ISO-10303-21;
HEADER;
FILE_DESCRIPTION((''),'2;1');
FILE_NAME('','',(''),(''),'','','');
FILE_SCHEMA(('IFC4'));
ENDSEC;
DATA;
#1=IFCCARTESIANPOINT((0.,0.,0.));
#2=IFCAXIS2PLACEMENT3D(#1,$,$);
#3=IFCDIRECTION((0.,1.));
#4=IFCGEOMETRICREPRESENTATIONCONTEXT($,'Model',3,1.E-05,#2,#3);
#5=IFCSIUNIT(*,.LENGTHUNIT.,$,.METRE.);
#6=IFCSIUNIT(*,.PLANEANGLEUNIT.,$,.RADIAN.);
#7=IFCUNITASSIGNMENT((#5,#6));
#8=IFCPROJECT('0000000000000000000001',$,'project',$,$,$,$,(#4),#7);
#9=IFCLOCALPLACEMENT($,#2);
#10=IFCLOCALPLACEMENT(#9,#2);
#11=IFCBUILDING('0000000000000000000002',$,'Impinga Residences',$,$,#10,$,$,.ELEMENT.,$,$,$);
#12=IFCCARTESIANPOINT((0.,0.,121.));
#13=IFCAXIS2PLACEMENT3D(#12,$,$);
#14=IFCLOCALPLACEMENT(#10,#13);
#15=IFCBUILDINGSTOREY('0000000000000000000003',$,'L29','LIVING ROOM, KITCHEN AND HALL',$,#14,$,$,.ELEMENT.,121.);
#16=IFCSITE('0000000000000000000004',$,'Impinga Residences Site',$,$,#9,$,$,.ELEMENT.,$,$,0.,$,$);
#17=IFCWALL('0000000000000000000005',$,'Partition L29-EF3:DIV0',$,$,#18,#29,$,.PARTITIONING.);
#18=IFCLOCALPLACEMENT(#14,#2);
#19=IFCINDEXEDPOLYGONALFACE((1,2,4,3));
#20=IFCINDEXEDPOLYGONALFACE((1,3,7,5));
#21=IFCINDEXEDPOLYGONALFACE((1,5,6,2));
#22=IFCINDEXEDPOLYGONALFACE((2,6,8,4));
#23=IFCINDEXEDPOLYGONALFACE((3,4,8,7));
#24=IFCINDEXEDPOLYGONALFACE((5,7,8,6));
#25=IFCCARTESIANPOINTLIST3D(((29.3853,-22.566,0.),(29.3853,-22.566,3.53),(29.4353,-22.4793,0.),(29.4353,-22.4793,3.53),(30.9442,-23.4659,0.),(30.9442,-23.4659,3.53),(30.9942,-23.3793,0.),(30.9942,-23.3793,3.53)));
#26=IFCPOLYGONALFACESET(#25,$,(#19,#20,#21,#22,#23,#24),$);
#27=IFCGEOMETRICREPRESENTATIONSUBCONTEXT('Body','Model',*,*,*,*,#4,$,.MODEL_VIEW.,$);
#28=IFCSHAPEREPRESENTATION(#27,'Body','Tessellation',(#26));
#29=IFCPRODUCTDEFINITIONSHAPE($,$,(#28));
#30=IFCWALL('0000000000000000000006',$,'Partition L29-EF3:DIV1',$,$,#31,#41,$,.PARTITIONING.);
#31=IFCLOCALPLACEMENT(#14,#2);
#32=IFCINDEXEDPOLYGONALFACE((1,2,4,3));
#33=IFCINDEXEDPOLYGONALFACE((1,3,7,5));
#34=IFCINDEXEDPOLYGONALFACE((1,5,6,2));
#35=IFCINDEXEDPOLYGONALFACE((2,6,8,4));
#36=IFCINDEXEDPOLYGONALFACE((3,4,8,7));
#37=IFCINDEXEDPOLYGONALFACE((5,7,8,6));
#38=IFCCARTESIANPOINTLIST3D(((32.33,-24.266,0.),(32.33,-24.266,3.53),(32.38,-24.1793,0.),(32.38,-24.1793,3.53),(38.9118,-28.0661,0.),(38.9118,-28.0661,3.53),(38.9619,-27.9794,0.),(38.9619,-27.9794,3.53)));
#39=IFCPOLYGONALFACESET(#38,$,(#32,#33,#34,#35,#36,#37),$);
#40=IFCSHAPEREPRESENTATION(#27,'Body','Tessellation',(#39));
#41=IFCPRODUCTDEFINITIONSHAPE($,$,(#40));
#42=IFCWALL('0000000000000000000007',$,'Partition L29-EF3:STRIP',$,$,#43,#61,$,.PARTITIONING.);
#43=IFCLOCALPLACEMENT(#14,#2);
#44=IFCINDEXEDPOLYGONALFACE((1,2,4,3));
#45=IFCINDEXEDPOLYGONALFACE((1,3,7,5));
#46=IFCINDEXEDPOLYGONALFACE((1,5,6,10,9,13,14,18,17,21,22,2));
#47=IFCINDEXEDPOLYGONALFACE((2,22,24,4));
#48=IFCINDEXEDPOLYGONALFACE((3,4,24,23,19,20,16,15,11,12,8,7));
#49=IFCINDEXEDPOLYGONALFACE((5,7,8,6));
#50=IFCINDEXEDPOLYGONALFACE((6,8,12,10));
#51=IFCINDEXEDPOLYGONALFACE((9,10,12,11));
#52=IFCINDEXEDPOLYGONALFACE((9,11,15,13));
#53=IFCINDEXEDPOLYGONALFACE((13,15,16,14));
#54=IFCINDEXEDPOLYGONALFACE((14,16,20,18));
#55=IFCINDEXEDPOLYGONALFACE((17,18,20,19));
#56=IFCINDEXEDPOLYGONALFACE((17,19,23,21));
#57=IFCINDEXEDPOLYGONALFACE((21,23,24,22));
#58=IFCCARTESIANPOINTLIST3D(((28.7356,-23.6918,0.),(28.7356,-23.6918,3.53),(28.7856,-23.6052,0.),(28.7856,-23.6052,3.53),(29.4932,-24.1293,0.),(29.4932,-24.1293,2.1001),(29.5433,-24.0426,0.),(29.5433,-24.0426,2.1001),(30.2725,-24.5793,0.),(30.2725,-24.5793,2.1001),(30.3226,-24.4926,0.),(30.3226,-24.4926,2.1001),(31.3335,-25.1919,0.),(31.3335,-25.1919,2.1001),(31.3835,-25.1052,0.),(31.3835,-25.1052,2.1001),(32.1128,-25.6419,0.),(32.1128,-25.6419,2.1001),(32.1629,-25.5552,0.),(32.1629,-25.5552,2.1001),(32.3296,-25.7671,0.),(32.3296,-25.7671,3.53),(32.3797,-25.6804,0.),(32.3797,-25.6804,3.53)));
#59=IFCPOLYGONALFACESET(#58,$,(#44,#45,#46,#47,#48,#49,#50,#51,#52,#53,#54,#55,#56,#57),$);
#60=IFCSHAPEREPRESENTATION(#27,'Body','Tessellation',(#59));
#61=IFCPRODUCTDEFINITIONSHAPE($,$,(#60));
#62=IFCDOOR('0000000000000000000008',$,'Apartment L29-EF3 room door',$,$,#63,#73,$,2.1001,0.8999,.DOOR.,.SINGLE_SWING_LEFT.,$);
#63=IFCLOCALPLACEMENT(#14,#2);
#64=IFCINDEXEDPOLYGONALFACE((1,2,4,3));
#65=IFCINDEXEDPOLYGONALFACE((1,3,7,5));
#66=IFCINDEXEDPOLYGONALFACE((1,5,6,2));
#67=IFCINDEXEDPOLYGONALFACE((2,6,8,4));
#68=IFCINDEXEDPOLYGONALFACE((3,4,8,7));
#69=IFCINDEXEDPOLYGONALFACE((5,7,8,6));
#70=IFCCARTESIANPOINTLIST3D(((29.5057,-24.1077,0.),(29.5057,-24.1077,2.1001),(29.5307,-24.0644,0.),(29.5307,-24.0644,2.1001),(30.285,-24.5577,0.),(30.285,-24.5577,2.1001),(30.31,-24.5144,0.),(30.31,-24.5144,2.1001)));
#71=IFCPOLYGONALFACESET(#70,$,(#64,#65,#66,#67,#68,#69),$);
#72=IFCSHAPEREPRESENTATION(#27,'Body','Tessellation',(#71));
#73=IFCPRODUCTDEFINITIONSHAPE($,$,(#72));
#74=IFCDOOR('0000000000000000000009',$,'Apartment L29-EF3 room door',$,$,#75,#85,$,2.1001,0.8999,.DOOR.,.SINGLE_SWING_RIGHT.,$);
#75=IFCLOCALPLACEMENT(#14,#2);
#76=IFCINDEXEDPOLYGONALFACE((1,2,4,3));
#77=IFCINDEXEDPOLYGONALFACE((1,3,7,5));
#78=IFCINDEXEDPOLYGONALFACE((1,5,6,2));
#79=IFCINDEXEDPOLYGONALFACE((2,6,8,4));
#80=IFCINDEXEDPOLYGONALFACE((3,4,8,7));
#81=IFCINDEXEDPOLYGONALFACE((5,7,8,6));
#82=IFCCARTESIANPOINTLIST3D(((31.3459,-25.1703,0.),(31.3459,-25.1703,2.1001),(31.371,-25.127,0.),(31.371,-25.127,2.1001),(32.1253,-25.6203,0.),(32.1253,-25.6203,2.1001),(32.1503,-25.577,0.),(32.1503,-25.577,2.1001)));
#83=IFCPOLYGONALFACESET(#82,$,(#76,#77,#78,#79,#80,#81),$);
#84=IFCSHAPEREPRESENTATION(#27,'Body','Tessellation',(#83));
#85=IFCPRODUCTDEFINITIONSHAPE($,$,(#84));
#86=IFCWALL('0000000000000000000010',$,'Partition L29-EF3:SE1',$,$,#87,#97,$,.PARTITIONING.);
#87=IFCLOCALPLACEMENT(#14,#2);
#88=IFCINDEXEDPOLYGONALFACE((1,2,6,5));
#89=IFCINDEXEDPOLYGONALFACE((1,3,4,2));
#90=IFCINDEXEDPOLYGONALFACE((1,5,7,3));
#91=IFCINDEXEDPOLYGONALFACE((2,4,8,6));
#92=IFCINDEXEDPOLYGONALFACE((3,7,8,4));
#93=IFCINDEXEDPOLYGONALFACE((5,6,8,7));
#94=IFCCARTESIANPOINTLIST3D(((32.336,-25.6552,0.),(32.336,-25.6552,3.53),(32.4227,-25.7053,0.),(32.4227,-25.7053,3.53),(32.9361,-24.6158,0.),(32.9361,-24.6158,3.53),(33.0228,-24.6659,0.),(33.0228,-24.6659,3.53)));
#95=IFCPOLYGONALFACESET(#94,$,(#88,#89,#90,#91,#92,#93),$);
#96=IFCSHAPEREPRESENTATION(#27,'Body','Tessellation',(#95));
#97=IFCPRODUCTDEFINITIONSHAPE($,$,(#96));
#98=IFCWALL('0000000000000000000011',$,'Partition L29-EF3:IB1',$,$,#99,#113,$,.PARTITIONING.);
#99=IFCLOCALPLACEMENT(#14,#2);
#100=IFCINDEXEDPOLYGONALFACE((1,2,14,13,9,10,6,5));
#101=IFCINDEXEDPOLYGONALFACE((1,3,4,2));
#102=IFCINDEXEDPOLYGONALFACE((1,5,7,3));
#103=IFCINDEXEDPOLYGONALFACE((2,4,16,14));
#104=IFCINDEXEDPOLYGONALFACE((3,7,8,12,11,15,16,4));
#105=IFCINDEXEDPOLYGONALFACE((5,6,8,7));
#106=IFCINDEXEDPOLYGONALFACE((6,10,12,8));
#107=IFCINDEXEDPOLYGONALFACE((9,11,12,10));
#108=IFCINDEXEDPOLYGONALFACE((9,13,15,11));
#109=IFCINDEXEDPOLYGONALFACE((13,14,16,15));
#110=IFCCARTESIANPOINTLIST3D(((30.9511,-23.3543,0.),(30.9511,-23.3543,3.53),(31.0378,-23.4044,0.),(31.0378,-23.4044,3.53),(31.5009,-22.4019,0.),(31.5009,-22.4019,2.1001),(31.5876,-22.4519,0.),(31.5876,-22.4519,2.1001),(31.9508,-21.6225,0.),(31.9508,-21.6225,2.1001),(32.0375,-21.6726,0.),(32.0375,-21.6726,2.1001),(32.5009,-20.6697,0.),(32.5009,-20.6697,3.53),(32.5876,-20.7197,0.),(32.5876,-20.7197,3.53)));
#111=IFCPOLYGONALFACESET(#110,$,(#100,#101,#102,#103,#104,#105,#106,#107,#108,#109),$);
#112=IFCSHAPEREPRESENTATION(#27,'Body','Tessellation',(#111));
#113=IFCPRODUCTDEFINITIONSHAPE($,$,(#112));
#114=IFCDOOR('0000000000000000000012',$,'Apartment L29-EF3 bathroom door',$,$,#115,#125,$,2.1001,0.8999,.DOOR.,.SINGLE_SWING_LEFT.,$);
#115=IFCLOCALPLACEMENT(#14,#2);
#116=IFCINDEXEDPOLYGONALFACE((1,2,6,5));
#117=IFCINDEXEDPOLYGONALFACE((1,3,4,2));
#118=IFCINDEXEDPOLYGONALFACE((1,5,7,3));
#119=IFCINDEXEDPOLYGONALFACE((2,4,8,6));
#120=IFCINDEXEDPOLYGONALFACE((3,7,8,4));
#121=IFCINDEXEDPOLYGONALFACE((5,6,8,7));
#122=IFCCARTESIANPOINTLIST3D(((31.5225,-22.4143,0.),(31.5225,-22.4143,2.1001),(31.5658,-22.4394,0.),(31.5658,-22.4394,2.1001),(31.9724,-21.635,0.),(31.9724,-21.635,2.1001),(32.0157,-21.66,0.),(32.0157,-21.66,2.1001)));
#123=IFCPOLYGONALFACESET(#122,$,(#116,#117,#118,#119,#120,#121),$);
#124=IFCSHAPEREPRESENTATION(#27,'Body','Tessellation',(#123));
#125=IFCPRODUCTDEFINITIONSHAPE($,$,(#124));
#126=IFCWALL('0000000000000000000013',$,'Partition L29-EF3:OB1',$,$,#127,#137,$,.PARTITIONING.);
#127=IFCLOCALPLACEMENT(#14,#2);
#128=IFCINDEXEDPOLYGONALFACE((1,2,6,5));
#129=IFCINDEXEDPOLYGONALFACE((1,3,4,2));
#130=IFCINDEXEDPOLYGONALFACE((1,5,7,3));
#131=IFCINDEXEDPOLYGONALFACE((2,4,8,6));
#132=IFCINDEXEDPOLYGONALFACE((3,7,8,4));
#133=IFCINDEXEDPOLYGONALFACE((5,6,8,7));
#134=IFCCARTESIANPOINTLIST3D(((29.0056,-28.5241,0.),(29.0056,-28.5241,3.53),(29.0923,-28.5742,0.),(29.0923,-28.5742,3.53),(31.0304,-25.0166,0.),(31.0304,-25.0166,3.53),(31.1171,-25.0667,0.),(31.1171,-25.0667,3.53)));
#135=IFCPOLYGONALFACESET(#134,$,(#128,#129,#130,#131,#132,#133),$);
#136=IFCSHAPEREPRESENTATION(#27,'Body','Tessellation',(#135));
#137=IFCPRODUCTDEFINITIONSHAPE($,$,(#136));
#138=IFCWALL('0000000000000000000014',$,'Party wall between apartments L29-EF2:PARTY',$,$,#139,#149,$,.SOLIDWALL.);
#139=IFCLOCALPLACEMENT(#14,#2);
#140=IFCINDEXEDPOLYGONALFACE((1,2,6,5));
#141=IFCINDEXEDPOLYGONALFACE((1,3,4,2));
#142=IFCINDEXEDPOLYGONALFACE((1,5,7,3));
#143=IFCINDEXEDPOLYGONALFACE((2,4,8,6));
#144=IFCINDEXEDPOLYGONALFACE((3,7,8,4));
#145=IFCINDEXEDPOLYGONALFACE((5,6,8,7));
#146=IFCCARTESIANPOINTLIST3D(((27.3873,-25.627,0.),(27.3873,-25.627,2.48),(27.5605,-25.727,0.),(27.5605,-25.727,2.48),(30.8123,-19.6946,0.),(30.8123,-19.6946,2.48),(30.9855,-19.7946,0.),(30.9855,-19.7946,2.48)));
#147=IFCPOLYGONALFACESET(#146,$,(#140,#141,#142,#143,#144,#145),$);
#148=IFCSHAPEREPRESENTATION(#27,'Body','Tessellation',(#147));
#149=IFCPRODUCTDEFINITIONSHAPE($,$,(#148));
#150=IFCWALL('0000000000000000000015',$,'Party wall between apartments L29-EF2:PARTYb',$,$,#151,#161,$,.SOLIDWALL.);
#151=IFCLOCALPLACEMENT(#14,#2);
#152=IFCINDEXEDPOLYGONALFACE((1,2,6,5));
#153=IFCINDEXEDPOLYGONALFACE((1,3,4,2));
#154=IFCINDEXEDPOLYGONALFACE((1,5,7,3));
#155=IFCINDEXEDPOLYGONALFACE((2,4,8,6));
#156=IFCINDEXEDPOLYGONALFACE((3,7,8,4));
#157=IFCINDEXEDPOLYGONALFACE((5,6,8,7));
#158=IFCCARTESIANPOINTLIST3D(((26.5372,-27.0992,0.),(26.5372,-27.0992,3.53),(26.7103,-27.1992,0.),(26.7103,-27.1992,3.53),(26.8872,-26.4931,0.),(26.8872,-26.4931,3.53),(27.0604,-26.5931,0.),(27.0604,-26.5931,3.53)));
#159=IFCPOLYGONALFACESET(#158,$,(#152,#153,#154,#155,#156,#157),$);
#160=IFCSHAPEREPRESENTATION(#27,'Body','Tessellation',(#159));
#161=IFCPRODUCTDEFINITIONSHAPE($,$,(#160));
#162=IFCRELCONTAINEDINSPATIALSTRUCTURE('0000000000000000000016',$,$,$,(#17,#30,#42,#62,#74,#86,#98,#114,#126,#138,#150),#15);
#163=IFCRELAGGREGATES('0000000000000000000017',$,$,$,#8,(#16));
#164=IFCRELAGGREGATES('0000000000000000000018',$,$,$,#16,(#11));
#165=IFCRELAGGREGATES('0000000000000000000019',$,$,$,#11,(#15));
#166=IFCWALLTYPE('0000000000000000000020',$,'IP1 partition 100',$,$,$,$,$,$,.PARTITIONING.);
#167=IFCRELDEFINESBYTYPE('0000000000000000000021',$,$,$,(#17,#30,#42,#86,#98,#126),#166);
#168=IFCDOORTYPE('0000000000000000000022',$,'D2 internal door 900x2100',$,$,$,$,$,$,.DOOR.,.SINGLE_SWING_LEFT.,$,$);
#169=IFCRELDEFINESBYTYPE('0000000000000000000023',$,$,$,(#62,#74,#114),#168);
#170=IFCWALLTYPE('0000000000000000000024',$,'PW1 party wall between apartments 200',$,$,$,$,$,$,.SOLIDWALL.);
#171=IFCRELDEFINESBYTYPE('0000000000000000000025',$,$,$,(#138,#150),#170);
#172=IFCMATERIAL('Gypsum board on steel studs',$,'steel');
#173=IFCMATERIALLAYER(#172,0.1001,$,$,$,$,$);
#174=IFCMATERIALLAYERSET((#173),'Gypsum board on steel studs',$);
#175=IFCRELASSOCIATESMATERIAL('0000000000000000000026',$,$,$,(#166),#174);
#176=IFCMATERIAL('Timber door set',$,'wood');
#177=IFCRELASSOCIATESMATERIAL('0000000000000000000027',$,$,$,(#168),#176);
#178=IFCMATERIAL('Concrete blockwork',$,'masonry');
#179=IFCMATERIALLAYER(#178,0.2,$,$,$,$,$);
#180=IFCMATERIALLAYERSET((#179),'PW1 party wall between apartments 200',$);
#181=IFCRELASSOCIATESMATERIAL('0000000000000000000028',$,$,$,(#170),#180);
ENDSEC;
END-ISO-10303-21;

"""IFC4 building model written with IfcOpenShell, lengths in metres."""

from ifc_helpers import new_model, si_unit, direction, frame, frame_2d, origin, place, context, subcontext, project, spatial, rectangle, extrude, material, layer, layer_set, type_object, element, fill, save


model = new_model("IFC4")

# Units and contexts
model_context = context("Model", 3, precision=1e-05, world=origin(), true_north=direction((0.0, 1.0)))
body_context = subcontext(model_context, "Body", "Model", "MODEL_VIEW")
ifc_project = project(units=[si_unit("LENGTHUNIT", "METRE"), si_unit("PLANEANGLEUNIT", "RADIAN")], contexts=[model_context])

# Site, building, storey
site_placement = place(None, origin())
site = spatial("IfcSite", under=ifc_project, at=site_placement, Name="Impinga Residences Site", CompositionType="ELEMENT", RefElevation=0.0)
building_placement = place(site_placement, origin())
building = spatial("IfcBuilding", under=site, at=building_placement, Name="Impinga Residences", CompositionType="ELEMENT")
storey_placement = place(building_placement, frame((0.0, 0.0, 121.0)))
storey = spatial("IfcBuildingStorey", under=building, at=storey_placement, Name="L29", Description="LIVING ROOM, KITCHEN AND HALL", CompositionType="ELEMENT", Elevation=121.0)

# Walls
ifc_material_1 = material(Name="Gypsum board on steel studs", Category="steel")
ifc_layer_1 = layer(ifc_material_1, 0.1001)
ifc_layer_set_1 = layer_set([ifc_layer_1], Name="Gypsum board on steel studs")
wall_type_1 = type_object("IfcWallType", Name="IP1 partition 100", PredefinedType="PARTITIONING", material=ifc_layer_set_1)
wall_1_placement = place(storey_placement, frame((29.4104, -22.5227, 0.0), z_axis=(0.0, 0.0, 1.0), x_axis=(0.866048, -0.499961, 0.0)))
element("IfcWall", 1, at=wall_1_placement, inside=storey, type_object=wall_type_1, Name="Partition L29-EF3:DIV0", PredefinedType="PARTITIONING", context=body_context, shape_type="SweptSolid", body=[
    extrude(rectangle(XDim=1.8, YDim=0.1001, at=frame_2d((0.8999, 0.0))), origin(), (0.0, 0.0, 1.0), 3.53),
])
wall_2_placement = place(storey_placement, frame((32.355, -24.2227, 0.0), z_axis=(0.0, 0.0, 1.0), x_axis=(0.866022, -0.500005, 0.0)))
element("IfcWall", 2, at=wall_2_placement, inside=storey, type_object=wall_type_1, Name="Partition L29-EF3:DIV1", PredefinedType="PARTITIONING", context=body_context, shape_type="SweptSolid", body=[
    extrude(rectangle(XDim=7.6001, YDim=0.1001, at=frame_2d((3.8, 0.0))), origin(), (0.0, 0.0, 1.0), 3.53),
])

# Wall, openings, doors
wall_3_placement = place(storey_placement, frame((28.7605, -23.6484, 0.0), z_axis=(0.0, 0.0, 1.0), x_axis=(0.866004, -0.500036, 0.0)))
wall_3 = element("IfcWall", 3, at=wall_3_placement, inside=storey, type_object=wall_type_1, Name="Partition L29-EF3:STRIP", PredefinedType="PARTITIONING", context=body_context, shape_type="SweptSolid", body=[
    extrude(rectangle(XDim=4.1501, YDim=0.1001, at=frame_2d((2.0752, 0.0))), origin(), (0.0, 0.0, 1.0), 3.53),
])
opening_1_placement = place(wall_3_placement, frame((0.875, 0.0, 0.0)))
opening_1 = element("IfcOpeningElement", 4, at=opening_1_placement, cuts=wall_3, PredefinedType="OPENING", context=body_context, shape_type="SweptSolid", body=[
    extrude(rectangle(XDim=0.8999, YDim=2.1001, at=frame_2d((0.45, 1.05))), frame((0.0, 0.0601, 0.0), z_axis=(0.0, -1.0, 0.0), x_axis=(1.0, 0.0, 0.0)), (0.0, 0.0, 1.0), 0.1201),
])
opening_2_placement = place(wall_3_placement, frame((3.0, 0.0, 0.0)))
opening_2 = element("IfcOpeningElement", 5, at=opening_2_placement, cuts=wall_3, PredefinedType="OPENING", context=body_context, shape_type="SweptSolid", body=[
    extrude(rectangle(XDim=0.8999, YDim=2.1001, at=frame_2d((0.45, 1.05))), frame((0.0, 0.0601, 0.0), z_axis=(0.0, -1.0, 0.0), x_axis=(1.0, 0.0, 0.0)), (0.0, 0.0, 1.0), 0.1201),
])
ifc_material_2 = material(Name="Timber door set", Category="wood")
door_type = type_object("IfcDoorType", Name="D2 internal door 900x2100", OperationType="SINGLE_SWING_LEFT", PredefinedType="DOOR", material=ifc_material_2)
door_1_placement = place(opening_1_placement, origin())
door_1 = element("IfcDoor", 6, at=door_1_placement, inside=storey, type_object=door_type, Name="Apartment L29-EF3 room door", OperationType="SINGLE_SWING_LEFT", OverallHeight=2.1001, OverallWidth=0.8999, PredefinedType="DOOR", context=body_context, shape_type="SweptSolid", body=[
    extrude(rectangle(XDim=0.8999, YDim=2.1001, at=frame_2d((0.45, 1.05))), frame((0.0, 0.0249, 0.0), z_axis=(0.0, -1.0, 0.0), x_axis=(1.0, 0.0, 0.0)), (0.0, 0.0, 1.0), 0.05),
])
fill(opening_1, door_1)
door_2_placement = place(opening_2_placement, origin())
door_2 = element("IfcDoor", 7, at=door_2_placement, inside=storey, type_object=door_type, Name="Apartment L29-EF3 room door", OperationType="SINGLE_SWING_RIGHT", OverallHeight=2.1001, OverallWidth=0.8999, PredefinedType="DOOR", context=body_context, shape_type="SweptSolid", body=[
    extrude(rectangle(XDim=0.8999, YDim=2.1001, at=frame_2d((0.45, 1.05))), frame((0.0, 0.0249, 0.0), z_axis=(0.0, -1.0, 0.0), x_axis=(1.0, 0.0, 0.0)), (0.0, 0.0, 1.0), 0.05),
])
fill(opening_2, door_2)

# Wall
wall_4_placement = place(storey_placement, frame((32.9795, -24.6409, 0.0), z_axis=(0.0, 0.0, 1.0), x_axis=(-0.500034, -0.866006, 0.0)))
element("IfcWall", 8, at=wall_4_placement, inside=storey, type_object=wall_type_1, Name="Partition L29-EF3:SE1", PredefinedType="PARTITIONING", context=body_context, shape_type="SweptSolid", body=[
    extrude(rectangle(XDim=1.2002, YDim=0.1001, at=frame_2d((0.6001, 0.0))), origin(), (0.0, 0.0, 1.0), 3.53),
])

# Wall, opening, door
wall_5_placement = place(storey_placement, frame((32.5442, -20.6948, 0.0), z_axis=(0.0, 0.0, 1.0), x_axis=(-0.499968, -0.866044, 0.0)))
wall_5 = element("IfcWall", 9, at=wall_5_placement, inside=storey, type_object=wall_type_1, Name="Partition L29-EF3:IB1", PredefinedType="PARTITIONING", context=body_context, shape_type="SweptSolid", body=[
    extrude(rectangle(XDim=3.0999, YDim=0.1001, at=frame_2d((1.5498, 0.0))), origin(), (0.0, 0.0, 1.0), 3.53),
])
opening_3_placement = place(wall_5_placement, frame((1.1001, 0.0, 0.0)))
opening_3 = element("IfcOpeningElement", 10, at=opening_3_placement, cuts=wall_5, PredefinedType="OPENING", context=body_context, shape_type="SweptSolid", body=[
    extrude(rectangle(XDim=0.8999, YDim=2.1001, at=frame_2d((0.45, 1.05))), frame((0.0, 0.0601, 0.0), z_axis=(0.0, -1.0, 0.0), x_axis=(1.0, 0.0, 0.0)), (0.0, 0.0, 1.0), 0.1201),
])
door_3_placement = place(opening_3_placement, origin())
door_3 = element("IfcDoor", 11, at=door_3_placement, inside=storey, type_object=door_type, Name="Apartment L29-EF3 bathroom door", OperationType="SINGLE_SWING_LEFT", OverallHeight=2.1001, OverallWidth=0.8999, PredefinedType="DOOR", context=body_context, shape_type="SweptSolid", body=[
    extrude(rectangle(XDim=0.8999, YDim=2.1001, at=frame_2d((0.45, 1.05))), frame((0.0, 0.0249, 0.0), z_axis=(0.0, -1.0, 0.0), x_axis=(1.0, 0.0, 0.0)), (0.0, 0.0, 1.0), 0.05),
])
fill(opening_3, door_3)

# Walls
wall_6_placement = place(storey_placement, frame((31.0737, -25.0417, 0.0), z_axis=(0.0, 0.0, 1.0), x_axis=(-0.499964, -0.866046, 0.0)))
element("IfcWall", 12, at=wall_6_placement, inside=storey, type_object=wall_type_1, Name="Partition L29-EF3:OB1", PredefinedType="PARTITIONING", context=body_context, shape_type="SweptSolid", body=[
    extrude(rectangle(XDim=4.05, YDim=0.1001, at=frame_2d((2.0249, 0.0))), origin(), (0.0, 0.0, 1.0), 3.53),
])
ifc_material_3 = material(Name="Concrete blockwork", Category="masonry")
ifc_layer_2 = layer(ifc_material_3, 0.2)
ifc_layer_set_2 = layer_set([ifc_layer_2], Name="PW1 party wall between apartments 200")
wall_type_2 = type_object("IfcWallType", Name="PW1 party wall between apartments 200", PredefinedType="SOLIDWALL", material=ifc_layer_set_2)
wall_7_placement = place(storey_placement, frame((30.8989, -19.7446, 0.0), z_axis=(0.0, 0.0, 1.0), x_axis=(-0.499999, -0.866026, 0.0)))
element("IfcWall", 13, at=wall_7_placement, inside=storey, type_object=wall_type_2, Name="Party wall between apartments L29-EF2:PARTY", PredefinedType="SOLIDWALL", context=body_context, shape_type="SweptSolid", body=[
    extrude(rectangle(XDim=6.8501, YDim=0.2, at=frame_2d((3.425, 0.0))), origin(), (0.0, 0.0, 1.0), 2.48),
])
wall_8_placement = place(storey_placement, frame((26.9739, -26.543, 0.0), z_axis=(0.0, 0.0, 1.0), x_axis=(-0.500115, -0.865959, 0.0)))
element("IfcWall", 14, at=wall_8_placement, inside=storey, type_object=wall_type_2, Name="Party wall between apartments L29-EF2:PARTYb", PredefinedType="SOLIDWALL", context=body_context, shape_type="SweptSolid", body=[
    extrude(rectangle(XDim=0.7, YDim=0.2, at=frame_2d((0.3501, 0.0))), origin(), (0.0, 0.0, 1.0), 3.53),
])

save(model, "model.ifc")
